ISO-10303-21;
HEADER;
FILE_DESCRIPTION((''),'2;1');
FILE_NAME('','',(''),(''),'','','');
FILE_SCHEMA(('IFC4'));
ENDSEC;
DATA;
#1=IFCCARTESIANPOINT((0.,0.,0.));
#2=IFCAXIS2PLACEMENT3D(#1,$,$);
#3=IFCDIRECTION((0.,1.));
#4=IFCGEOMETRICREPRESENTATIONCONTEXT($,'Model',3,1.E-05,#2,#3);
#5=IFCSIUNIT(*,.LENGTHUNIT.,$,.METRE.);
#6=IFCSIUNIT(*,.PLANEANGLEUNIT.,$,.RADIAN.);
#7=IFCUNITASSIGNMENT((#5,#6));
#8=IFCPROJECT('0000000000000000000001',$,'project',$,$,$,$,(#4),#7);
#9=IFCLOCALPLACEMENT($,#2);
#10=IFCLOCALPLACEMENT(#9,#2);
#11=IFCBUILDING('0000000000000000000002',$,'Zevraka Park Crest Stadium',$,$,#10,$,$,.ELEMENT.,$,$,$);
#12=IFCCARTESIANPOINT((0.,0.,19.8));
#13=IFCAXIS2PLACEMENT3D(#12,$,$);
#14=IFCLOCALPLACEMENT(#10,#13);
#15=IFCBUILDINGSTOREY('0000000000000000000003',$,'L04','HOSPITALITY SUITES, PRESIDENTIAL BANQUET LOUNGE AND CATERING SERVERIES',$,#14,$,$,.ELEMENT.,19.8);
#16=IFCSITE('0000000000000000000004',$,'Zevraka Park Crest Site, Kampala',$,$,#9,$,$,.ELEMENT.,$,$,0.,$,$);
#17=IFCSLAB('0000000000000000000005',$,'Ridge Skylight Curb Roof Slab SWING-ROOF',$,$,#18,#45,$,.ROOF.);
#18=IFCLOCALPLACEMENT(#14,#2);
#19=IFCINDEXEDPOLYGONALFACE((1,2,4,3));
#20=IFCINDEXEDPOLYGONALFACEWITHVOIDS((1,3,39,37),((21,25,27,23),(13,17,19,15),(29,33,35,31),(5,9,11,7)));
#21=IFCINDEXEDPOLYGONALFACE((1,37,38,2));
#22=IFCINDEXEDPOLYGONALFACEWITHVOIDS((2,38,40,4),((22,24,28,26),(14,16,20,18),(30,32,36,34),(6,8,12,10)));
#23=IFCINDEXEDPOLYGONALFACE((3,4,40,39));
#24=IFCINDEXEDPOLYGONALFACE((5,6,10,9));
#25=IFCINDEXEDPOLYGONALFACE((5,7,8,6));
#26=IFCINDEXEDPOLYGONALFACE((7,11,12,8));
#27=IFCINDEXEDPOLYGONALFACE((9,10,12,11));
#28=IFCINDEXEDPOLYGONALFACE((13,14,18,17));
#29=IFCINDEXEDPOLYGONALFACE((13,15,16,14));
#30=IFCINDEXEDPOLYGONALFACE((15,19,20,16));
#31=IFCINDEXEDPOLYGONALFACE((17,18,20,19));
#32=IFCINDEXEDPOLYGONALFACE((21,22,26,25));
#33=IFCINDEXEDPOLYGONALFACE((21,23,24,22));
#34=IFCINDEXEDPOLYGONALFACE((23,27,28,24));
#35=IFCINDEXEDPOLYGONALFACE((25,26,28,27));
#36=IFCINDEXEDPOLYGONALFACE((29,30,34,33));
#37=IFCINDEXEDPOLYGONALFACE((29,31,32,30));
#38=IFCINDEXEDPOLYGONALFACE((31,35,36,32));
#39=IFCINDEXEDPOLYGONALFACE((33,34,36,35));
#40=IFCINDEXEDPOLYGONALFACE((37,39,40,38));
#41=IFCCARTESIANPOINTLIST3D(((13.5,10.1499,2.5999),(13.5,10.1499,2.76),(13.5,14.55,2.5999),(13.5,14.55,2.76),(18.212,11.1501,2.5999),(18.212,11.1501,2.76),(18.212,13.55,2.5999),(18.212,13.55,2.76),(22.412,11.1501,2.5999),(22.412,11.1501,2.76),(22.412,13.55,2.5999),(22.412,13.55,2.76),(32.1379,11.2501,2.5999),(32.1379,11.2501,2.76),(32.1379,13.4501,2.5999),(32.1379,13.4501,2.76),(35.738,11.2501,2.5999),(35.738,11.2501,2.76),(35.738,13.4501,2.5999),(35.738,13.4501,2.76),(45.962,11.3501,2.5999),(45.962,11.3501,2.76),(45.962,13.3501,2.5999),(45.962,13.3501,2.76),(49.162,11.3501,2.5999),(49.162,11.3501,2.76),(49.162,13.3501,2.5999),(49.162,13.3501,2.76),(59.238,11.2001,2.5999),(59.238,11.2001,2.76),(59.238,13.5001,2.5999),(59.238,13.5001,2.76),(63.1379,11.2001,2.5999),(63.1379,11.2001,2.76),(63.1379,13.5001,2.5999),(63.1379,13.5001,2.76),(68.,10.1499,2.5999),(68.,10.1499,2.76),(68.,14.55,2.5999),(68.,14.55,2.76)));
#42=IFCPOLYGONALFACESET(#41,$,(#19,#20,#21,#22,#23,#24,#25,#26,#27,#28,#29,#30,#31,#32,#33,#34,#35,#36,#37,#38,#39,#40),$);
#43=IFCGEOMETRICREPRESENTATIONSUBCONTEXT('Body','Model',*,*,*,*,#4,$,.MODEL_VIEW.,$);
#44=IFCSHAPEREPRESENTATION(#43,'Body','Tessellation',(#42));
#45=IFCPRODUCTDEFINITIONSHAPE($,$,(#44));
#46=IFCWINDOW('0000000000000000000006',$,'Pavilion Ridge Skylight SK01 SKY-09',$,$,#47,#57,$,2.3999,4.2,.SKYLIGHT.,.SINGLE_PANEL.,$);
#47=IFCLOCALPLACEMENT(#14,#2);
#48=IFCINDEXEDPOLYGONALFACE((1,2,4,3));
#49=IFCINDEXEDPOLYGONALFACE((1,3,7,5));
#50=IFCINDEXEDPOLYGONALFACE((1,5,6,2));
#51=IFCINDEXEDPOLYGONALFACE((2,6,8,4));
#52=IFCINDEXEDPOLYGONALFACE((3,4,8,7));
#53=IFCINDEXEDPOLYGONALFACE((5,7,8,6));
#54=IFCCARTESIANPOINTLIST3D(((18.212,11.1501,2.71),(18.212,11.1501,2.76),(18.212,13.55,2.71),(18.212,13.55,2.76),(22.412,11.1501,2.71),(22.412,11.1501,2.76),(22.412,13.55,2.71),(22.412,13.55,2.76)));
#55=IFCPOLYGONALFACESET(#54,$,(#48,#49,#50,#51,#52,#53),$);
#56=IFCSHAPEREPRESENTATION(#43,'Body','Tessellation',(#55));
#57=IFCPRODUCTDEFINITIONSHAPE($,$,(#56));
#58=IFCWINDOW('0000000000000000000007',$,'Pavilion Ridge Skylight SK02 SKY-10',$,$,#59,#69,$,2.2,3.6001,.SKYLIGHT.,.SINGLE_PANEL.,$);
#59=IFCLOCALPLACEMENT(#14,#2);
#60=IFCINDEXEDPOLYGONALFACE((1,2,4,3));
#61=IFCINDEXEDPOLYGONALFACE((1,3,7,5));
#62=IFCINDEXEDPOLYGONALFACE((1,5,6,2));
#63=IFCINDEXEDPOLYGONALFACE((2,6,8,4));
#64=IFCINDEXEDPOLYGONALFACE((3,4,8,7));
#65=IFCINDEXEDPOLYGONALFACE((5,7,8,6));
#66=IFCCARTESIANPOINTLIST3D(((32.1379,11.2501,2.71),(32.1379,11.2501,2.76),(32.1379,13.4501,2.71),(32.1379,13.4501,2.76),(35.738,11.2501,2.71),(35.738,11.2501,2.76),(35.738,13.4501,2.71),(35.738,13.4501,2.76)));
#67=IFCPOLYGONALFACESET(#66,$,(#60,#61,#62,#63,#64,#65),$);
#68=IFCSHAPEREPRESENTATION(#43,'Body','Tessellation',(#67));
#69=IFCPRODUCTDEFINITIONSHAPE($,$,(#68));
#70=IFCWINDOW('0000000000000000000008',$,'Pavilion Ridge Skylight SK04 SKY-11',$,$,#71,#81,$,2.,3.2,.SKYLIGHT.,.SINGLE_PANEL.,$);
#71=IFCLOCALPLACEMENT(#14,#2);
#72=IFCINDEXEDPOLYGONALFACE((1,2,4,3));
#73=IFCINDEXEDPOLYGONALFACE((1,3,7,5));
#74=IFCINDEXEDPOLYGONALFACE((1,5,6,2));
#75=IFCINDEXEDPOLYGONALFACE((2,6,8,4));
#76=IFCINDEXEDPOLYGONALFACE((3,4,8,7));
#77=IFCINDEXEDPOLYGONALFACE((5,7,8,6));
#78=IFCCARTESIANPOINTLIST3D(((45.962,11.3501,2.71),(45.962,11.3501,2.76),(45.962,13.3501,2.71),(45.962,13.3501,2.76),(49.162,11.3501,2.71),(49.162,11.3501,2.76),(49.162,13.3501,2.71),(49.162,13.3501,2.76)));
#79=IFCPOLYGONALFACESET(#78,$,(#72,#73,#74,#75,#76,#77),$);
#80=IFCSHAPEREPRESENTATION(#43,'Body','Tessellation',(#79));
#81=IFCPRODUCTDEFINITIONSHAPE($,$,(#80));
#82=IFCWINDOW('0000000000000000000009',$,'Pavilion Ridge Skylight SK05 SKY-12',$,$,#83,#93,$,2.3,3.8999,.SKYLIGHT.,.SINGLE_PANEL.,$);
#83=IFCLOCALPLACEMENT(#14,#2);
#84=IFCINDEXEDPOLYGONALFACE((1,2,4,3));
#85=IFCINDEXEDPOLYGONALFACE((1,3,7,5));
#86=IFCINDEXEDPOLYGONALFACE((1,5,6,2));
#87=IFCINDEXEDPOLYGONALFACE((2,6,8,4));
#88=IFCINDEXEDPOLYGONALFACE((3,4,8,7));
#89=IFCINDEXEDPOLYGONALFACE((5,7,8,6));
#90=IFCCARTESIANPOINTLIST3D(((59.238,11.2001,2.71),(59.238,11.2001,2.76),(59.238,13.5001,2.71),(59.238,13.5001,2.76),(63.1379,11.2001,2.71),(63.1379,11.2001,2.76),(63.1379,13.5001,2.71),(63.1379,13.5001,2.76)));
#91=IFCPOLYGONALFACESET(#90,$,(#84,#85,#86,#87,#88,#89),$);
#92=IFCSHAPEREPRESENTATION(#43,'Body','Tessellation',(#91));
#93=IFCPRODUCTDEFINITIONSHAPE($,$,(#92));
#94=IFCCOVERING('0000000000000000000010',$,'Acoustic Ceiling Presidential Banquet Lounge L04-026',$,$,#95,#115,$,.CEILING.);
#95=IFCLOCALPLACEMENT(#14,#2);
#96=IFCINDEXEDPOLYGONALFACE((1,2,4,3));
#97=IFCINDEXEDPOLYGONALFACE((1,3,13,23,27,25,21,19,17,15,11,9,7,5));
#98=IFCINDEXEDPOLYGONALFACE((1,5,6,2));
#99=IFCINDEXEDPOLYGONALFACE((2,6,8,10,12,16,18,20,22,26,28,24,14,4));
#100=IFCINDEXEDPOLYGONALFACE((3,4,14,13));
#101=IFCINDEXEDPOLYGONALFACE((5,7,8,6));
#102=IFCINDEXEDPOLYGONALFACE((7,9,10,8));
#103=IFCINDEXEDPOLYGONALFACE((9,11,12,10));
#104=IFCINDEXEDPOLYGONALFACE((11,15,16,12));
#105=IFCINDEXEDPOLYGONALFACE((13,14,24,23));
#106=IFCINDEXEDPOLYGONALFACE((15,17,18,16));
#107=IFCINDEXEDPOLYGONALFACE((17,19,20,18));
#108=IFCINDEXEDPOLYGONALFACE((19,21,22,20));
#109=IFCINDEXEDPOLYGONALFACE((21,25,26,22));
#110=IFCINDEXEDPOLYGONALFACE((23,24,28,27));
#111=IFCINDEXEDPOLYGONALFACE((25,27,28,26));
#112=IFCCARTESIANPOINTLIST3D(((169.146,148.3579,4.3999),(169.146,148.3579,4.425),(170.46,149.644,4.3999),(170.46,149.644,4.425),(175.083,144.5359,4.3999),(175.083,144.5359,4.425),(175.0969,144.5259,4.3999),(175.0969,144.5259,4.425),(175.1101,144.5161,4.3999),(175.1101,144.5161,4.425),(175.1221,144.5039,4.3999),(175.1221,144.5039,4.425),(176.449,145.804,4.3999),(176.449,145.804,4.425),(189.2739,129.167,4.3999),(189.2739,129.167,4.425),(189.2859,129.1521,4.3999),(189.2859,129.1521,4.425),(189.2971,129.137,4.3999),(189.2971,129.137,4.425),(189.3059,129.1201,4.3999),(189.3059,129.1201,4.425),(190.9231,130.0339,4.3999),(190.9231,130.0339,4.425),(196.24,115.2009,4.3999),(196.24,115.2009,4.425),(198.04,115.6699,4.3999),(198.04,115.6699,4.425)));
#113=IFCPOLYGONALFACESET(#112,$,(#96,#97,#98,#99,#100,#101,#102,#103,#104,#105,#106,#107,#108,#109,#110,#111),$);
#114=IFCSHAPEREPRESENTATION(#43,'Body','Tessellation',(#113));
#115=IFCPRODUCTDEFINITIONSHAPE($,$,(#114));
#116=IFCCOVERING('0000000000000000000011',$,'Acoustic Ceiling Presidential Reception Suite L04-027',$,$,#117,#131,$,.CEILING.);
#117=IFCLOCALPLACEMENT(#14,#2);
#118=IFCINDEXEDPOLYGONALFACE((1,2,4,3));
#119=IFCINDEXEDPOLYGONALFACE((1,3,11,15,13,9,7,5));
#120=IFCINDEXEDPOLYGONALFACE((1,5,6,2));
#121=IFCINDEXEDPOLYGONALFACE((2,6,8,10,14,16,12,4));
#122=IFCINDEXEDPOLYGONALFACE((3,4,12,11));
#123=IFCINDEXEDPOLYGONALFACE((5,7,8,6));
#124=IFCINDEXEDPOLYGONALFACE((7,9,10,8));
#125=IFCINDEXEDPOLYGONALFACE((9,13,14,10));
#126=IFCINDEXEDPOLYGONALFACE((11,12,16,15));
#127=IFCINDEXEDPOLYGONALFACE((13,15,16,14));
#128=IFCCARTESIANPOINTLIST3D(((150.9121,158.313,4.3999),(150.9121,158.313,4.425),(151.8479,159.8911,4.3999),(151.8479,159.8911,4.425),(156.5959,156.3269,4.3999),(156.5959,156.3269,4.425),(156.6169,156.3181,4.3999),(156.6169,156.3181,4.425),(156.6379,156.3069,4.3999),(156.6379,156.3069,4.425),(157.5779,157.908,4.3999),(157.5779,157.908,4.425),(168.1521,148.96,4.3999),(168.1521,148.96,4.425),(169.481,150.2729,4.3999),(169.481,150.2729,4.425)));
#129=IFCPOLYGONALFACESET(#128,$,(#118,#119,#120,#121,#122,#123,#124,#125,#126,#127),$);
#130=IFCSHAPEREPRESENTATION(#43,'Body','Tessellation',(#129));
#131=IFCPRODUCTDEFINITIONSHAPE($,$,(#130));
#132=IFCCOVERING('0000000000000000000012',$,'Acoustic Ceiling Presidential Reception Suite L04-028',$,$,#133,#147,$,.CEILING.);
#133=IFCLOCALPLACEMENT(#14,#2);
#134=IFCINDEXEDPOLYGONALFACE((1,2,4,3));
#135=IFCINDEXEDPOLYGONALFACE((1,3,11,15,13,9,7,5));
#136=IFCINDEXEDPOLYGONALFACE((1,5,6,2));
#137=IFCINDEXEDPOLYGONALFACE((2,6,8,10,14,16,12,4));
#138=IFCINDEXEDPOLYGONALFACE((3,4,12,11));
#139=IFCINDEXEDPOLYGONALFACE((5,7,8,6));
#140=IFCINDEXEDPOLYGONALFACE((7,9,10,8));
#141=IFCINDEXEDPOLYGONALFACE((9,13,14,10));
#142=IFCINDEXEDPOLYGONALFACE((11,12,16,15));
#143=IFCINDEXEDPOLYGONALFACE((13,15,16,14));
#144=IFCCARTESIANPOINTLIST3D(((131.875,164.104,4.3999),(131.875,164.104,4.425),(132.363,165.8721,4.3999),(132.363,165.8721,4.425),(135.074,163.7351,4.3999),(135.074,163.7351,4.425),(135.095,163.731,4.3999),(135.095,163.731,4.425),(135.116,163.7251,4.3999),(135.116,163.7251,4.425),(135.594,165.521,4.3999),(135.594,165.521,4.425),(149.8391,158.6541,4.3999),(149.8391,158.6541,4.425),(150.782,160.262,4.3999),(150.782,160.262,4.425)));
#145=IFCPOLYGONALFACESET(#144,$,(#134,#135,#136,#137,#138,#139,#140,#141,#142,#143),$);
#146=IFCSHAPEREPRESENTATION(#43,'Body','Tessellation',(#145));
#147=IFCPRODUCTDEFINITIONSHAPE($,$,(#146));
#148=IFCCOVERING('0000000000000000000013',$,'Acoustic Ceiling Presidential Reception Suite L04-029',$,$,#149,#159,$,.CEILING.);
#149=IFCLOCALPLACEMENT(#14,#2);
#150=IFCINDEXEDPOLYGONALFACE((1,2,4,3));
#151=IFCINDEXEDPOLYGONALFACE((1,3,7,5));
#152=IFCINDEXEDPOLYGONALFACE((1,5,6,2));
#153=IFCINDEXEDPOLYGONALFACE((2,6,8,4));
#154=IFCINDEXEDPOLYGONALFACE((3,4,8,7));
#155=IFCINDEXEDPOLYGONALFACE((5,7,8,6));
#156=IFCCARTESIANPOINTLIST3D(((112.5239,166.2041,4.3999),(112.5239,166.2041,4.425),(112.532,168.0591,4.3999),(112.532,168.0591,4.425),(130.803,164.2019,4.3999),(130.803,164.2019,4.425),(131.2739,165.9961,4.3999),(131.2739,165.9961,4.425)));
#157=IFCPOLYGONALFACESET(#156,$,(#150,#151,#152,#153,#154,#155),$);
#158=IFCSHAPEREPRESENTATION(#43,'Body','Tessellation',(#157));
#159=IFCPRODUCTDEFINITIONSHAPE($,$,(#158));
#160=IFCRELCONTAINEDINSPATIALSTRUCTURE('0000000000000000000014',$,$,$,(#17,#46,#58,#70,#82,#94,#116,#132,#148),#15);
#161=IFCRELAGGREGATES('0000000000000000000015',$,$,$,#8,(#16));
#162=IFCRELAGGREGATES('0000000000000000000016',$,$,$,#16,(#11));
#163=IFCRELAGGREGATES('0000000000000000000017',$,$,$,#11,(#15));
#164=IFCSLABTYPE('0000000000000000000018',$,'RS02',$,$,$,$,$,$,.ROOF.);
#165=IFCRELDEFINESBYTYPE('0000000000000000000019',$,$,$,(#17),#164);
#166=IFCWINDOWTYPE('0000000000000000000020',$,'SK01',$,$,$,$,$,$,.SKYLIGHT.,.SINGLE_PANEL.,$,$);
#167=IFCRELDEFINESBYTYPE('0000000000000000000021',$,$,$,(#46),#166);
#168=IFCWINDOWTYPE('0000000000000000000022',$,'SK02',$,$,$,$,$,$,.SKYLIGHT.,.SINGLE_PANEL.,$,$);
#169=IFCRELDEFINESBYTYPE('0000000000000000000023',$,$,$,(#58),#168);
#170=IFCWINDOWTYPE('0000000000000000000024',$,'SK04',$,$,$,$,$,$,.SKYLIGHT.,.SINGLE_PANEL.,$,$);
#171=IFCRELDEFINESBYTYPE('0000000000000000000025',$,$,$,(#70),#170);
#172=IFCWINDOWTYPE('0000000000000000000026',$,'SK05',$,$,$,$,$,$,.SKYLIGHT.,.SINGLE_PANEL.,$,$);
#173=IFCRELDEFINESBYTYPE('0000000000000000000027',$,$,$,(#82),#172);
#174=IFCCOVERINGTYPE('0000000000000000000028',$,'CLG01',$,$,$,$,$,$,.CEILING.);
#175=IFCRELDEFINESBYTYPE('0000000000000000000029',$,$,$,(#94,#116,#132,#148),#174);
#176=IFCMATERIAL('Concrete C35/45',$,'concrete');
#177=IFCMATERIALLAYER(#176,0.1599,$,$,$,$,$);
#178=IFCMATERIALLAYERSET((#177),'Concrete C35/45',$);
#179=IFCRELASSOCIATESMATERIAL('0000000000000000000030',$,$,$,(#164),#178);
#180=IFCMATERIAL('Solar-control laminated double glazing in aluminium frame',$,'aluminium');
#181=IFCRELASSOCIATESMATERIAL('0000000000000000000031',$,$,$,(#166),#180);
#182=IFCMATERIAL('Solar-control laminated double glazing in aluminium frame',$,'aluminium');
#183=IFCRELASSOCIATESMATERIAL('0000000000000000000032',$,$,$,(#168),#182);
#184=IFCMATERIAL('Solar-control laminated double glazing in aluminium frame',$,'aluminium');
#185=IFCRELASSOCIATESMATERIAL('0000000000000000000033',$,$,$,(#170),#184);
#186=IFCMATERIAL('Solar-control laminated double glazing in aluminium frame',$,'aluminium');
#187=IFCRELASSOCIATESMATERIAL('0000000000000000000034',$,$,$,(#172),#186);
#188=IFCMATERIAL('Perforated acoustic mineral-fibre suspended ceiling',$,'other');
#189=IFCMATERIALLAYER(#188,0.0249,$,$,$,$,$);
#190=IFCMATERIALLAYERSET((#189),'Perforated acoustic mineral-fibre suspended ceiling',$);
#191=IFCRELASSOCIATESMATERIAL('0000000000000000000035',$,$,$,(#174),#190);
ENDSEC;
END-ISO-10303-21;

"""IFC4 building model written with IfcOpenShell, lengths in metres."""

from ifc_helpers import new_model, si_unit, direction, frame, origin, origin_2d, place, context, subcontext, project, spatial, polyline, rectangle, outline, extrude, material, layer, layer_set, type_object, element, fill, save


model = new_model("IFC4")

# Units and contexts
model_context = context("Model", 3, precision=1e-05, world=origin(), true_north=direction((0.0, 1.0)))
body_context = subcontext(model_context, "Body", "Model", "MODEL_VIEW")
ifc_project = project(units=[si_unit("LENGTHUNIT", "METRE"), si_unit("PLANEANGLEUNIT", "RADIAN")], contexts=[model_context])

# Site, building, storey
site_placement = place(None, origin())
site = spatial("IfcSite", under=ifc_project, at=site_placement, Name="Zevraka Park Crest Site, Kampala", CompositionType="ELEMENT", RefElevation=0.0)
building_placement = place(site_placement, origin())
building = spatial("IfcBuilding", under=site, at=building_placement, Name="Zevraka Park Crest Stadium", CompositionType="ELEMENT")
storey_placement = place(building_placement, frame((0.0, 0.0, 19.8)))
storey = spatial("IfcBuildingStorey", under=building, at=storey_placement, Name="L04", Description="HOSPITALITY SUITES, PRESIDENTIAL BANQUET LOUNGE AND CATERING SERVERIES", CompositionType="ELEMENT", Elevation=19.8)

# Slab, openings, windows
ifc_material_1 = material(Name="Concrete C35/45", Category="concrete")
ifc_layer_1 = layer(ifc_material_1, 0.1599)
ifc_layer_set_1 = layer_set([ifc_layer_1], Name="Concrete C35/45")
slab_type_1 = type_object("IfcSlabType", Name="RS02", PredefinedType="ROOF", material=ifc_layer_set_1)
ifc_material_2 = material(Name="Solar-control laminated double glazing in aluminium frame", Category="aluminium")
window_type_1 = type_object("IfcWindowType", Name="SK01", PartitioningType="SINGLE_PANEL", PredefinedType="SKYLIGHT", material=ifc_material_2)
ifc_material_3 = material(Name="Solar-control laminated double glazing in aluminium frame", Category="aluminium")
window_type_2 = type_object("IfcWindowType", Name="SK02", PartitioningType="SINGLE_PANEL", PredefinedType="SKYLIGHT", material=ifc_material_3)
ifc_material_4 = material(Name="Solar-control laminated double glazing in aluminium frame", Category="aluminium")
window_type_3 = type_object("IfcWindowType", Name="SK04", PartitioningType="SINGLE_PANEL", PredefinedType="SKYLIGHT", material=ifc_material_4)
ifc_material_5 = material(Name="Solar-control laminated double glazing in aluminium frame", Category="aluminium")
window_type_4 = type_object("IfcWindowType", Name="SK05", PartitioningType="SINGLE_PANEL", PredefinedType="SKYLIGHT", material=ifc_material_5)
slab_1_placement = place(storey_placement, frame((0.0, 0.0, 2.5999)))
slab_1 = element("IfcSlab", 1, at=slab_1_placement, inside=storey, type_object=slab_type_1, Name="Ridge Skylight Curb Roof Slab SWING-ROOF", PredefinedType="ROOF", context=body_context, shape_type="SweptSolid", body=[
    extrude(outline(polyline([(13.5, 10.1499), (68.0, 10.1499), (68.0, 14.55), (13.5, 14.55), (13.5, 10.1499)])), origin(), (0.0, 0.0, 1.0), 0.1602),
])
opening_1_placement = place(slab_1_placement, frame((20.312, 12.3501, 0.0)))
opening_1 = element("IfcOpeningElement", 2, at=opening_1_placement, cuts=slab_1, PredefinedType="OPENING", context=body_context, shape_type="SweptSolid", body=[
    extrude(rectangle(XDim=4.2, YDim=2.3999, at=origin_2d()), origin(), (0.0, 0.0, 1.0), 0.1602),
])
opening_2_placement = place(slab_1_placement, frame((33.938, 12.3501, 0.0)))
opening_2 = element("IfcOpeningElement", 3, at=opening_2_placement, cuts=slab_1, PredefinedType="OPENING", context=body_context, shape_type="SweptSolid", body=[
    extrude(rectangle(XDim=3.6001, YDim=2.2, at=origin_2d()), origin(), (0.0, 0.0, 1.0), 0.1602),
])
opening_3_placement = place(slab_1_placement, frame((47.562, 12.3501, 0.0)))
opening_3 = element("IfcOpeningElement", 4, at=opening_3_placement, cuts=slab_1, PredefinedType="OPENING", context=body_context, shape_type="SweptSolid", body=[
    extrude(rectangle(XDim=3.2, YDim=2.0, at=origin_2d()), origin(), (0.0, 0.0, 1.0), 0.1602),
])
opening_4_placement = place(slab_1_placement, frame((61.188, 12.3501, 0.0)))
opening_4 = element("IfcOpeningElement", 5, at=opening_4_placement, cuts=slab_1, PredefinedType="OPENING", context=body_context, shape_type="SweptSolid", body=[
    extrude(rectangle(XDim=3.8999, YDim=2.3, at=origin_2d()), origin(), (0.0, 0.0, 1.0), 0.1602),
])
window_1_placement = place(opening_1_placement, frame((0.0, 0.0, 0.1101)))
window_1 = element("IfcWindow", 6, at=window_1_placement, inside=storey, type_object=window_type_1, Name="Pavilion Ridge Skylight SK01 SKY-09", OverallHeight=2.3999, OverallWidth=4.2, PartitioningType="SINGLE_PANEL", PredefinedType="SKYLIGHT", context=body_context, shape_type="SweptSolid", body=[
    extrude(rectangle(XDim=4.2, YDim=2.3999, at=origin_2d()), origin(), (0.0, 0.0, 1.0), 0.05),
])
fill(opening_1, window_1)
window_2_placement = place(opening_2_placement, frame((0.0, 0.0, 0.1101)))
window_2 = element("IfcWindow", 7, at=window_2_placement, inside=storey, type_object=window_type_2, Name="Pavilion Ridge Skylight SK02 SKY-10", OverallHeight=2.2, OverallWidth=3.6001, PartitioningType="SINGLE_PANEL", PredefinedType="SKYLIGHT", context=body_context, shape_type="SweptSolid", body=[
    extrude(rectangle(XDim=3.6001, YDim=2.2, at=origin_2d()), origin(), (0.0, 0.0, 1.0), 0.05),
])
fill(opening_2, window_2)
window_3_placement = place(opening_3_placement, frame((0.0, 0.0, 0.1101)))
window_3 = element("IfcWindow", 8, at=window_3_placement, inside=storey, type_object=window_type_3, Name="Pavilion Ridge Skylight SK04 SKY-11", OverallHeight=2.0, OverallWidth=3.2, PartitioningType="SINGLE_PANEL", PredefinedType="SKYLIGHT", context=body_context, shape_type="SweptSolid", body=[
    extrude(rectangle(XDim=3.2, YDim=2.0, at=origin_2d()), origin(), (0.0, 0.0, 1.0), 0.05),
])
fill(opening_3, window_3)
window_4_placement = place(opening_4_placement, frame((0.0, 0.0, 0.1101)))
window_4 = element("IfcWindow", 9, at=window_4_placement, inside=storey, type_object=window_type_4, Name="Pavilion Ridge Skylight SK05 SKY-12", OverallHeight=2.3, OverallWidth=3.8999, PartitioningType="SINGLE_PANEL", PredefinedType="SKYLIGHT", context=body_context, shape_type="SweptSolid", body=[
    extrude(rectangle(XDim=3.8999, YDim=2.3, at=origin_2d()), origin(), (0.0, 0.0, 1.0), 0.05),
])
fill(opening_4, window_4)

# Coverings
ifc_material_6 = material(Name="Perforated acoustic mineral-fibre suspended ceiling", Category="other")
ifc_layer_2 = layer(ifc_material_6, 0.0249)
ifc_layer_set_2 = layer_set([ifc_layer_2], Name="Perforated acoustic mineral-fibre suspended ceiling")
covering_type = type_object("IfcCoveringType", Name="CLG01", PredefinedType="CEILING", material=ifc_layer_set_2)
covering_1_placement = place(storey_placement, frame((0.0, 0.0, 4.3999)))
element("IfcCovering", 10, at=covering_1_placement, inside=storey, type_object=covering_type, Name="Acoustic Ceiling Presidential Banquet Lounge L04-026", PredefinedType="CEILING", context=body_context, shape_type="SweptSolid", body=[
    extrude(outline(polyline([(176.449, 145.804), (190.9231, 130.0339), (198.04, 115.6699), (196.24, 115.2009), (189.3059, 129.1201), (189.2971, 129.137), (189.2859, 129.1521), (189.2739, 129.167), (175.1221, 144.5039), (175.1101, 144.5161), (175.0969, 144.5259), (175.083, 144.5359), (169.146, 148.3579), (170.46, 149.644), (176.449, 145.804)])), origin(), (0.0, 0.0, 1.0), 0.0251),
])
covering_2_placement = place(storey_placement, frame((0.0, 0.0, 4.3999)))
element("IfcCovering", 11, at=covering_2_placement, inside=storey, type_object=covering_type, Name="Acoustic Ceiling Presidential Reception Suite L04-027", PredefinedType="CEILING", context=body_context, shape_type="SweptSolid", body=[
    extrude(outline(polyline([(157.5779, 157.908), (169.481, 150.2729), (168.1521, 148.96), (156.6379, 156.3069), (156.6169, 156.3181), (156.5959, 156.3269), (150.9121, 158.313), (151.8479, 159.8911), (157.5779, 157.908)])), origin(), (0.0, 0.0, 1.0), 0.0251),
])
covering_3_placement = place(storey_placement, frame((0.0, 0.0, 4.3999)))
element("IfcCovering", 12, at=covering_3_placement, inside=storey, type_object=covering_type, Name="Acoustic Ceiling Presidential Reception Suite L04-028", PredefinedType="CEILING", context=body_context, shape_type="SweptSolid", body=[
    extrude(outline(polyline([(135.594, 165.521), (150.782, 160.262), (149.8391, 158.6541), (135.116, 163.7251), (135.095, 163.731), (135.074, 163.7351), (131.875, 164.104), (132.363, 165.8721), (135.594, 165.521)])), origin(), (0.0, 0.0, 1.0), 0.0251),
])
covering_4_placement = place(storey_placement, frame((0.0, 0.0, 4.3999)))
element("IfcCovering", 13, at=covering_4_placement, inside=storey, type_object=covering_type, Name="Acoustic Ceiling Presidential Reception Suite L04-029", PredefinedType="CEILING", context=body_context, shape_type="SweptSolid", body=[
    extrude(outline(polyline([(112.532, 168.0591), (131.2739, 165.9961), (130.803, 164.2019), (112.5239, 166.2041), (112.532, 168.0591)])), origin(), (0.0, 0.0, 1.0), 0.0251),
])

save(model, "model.ifc")
